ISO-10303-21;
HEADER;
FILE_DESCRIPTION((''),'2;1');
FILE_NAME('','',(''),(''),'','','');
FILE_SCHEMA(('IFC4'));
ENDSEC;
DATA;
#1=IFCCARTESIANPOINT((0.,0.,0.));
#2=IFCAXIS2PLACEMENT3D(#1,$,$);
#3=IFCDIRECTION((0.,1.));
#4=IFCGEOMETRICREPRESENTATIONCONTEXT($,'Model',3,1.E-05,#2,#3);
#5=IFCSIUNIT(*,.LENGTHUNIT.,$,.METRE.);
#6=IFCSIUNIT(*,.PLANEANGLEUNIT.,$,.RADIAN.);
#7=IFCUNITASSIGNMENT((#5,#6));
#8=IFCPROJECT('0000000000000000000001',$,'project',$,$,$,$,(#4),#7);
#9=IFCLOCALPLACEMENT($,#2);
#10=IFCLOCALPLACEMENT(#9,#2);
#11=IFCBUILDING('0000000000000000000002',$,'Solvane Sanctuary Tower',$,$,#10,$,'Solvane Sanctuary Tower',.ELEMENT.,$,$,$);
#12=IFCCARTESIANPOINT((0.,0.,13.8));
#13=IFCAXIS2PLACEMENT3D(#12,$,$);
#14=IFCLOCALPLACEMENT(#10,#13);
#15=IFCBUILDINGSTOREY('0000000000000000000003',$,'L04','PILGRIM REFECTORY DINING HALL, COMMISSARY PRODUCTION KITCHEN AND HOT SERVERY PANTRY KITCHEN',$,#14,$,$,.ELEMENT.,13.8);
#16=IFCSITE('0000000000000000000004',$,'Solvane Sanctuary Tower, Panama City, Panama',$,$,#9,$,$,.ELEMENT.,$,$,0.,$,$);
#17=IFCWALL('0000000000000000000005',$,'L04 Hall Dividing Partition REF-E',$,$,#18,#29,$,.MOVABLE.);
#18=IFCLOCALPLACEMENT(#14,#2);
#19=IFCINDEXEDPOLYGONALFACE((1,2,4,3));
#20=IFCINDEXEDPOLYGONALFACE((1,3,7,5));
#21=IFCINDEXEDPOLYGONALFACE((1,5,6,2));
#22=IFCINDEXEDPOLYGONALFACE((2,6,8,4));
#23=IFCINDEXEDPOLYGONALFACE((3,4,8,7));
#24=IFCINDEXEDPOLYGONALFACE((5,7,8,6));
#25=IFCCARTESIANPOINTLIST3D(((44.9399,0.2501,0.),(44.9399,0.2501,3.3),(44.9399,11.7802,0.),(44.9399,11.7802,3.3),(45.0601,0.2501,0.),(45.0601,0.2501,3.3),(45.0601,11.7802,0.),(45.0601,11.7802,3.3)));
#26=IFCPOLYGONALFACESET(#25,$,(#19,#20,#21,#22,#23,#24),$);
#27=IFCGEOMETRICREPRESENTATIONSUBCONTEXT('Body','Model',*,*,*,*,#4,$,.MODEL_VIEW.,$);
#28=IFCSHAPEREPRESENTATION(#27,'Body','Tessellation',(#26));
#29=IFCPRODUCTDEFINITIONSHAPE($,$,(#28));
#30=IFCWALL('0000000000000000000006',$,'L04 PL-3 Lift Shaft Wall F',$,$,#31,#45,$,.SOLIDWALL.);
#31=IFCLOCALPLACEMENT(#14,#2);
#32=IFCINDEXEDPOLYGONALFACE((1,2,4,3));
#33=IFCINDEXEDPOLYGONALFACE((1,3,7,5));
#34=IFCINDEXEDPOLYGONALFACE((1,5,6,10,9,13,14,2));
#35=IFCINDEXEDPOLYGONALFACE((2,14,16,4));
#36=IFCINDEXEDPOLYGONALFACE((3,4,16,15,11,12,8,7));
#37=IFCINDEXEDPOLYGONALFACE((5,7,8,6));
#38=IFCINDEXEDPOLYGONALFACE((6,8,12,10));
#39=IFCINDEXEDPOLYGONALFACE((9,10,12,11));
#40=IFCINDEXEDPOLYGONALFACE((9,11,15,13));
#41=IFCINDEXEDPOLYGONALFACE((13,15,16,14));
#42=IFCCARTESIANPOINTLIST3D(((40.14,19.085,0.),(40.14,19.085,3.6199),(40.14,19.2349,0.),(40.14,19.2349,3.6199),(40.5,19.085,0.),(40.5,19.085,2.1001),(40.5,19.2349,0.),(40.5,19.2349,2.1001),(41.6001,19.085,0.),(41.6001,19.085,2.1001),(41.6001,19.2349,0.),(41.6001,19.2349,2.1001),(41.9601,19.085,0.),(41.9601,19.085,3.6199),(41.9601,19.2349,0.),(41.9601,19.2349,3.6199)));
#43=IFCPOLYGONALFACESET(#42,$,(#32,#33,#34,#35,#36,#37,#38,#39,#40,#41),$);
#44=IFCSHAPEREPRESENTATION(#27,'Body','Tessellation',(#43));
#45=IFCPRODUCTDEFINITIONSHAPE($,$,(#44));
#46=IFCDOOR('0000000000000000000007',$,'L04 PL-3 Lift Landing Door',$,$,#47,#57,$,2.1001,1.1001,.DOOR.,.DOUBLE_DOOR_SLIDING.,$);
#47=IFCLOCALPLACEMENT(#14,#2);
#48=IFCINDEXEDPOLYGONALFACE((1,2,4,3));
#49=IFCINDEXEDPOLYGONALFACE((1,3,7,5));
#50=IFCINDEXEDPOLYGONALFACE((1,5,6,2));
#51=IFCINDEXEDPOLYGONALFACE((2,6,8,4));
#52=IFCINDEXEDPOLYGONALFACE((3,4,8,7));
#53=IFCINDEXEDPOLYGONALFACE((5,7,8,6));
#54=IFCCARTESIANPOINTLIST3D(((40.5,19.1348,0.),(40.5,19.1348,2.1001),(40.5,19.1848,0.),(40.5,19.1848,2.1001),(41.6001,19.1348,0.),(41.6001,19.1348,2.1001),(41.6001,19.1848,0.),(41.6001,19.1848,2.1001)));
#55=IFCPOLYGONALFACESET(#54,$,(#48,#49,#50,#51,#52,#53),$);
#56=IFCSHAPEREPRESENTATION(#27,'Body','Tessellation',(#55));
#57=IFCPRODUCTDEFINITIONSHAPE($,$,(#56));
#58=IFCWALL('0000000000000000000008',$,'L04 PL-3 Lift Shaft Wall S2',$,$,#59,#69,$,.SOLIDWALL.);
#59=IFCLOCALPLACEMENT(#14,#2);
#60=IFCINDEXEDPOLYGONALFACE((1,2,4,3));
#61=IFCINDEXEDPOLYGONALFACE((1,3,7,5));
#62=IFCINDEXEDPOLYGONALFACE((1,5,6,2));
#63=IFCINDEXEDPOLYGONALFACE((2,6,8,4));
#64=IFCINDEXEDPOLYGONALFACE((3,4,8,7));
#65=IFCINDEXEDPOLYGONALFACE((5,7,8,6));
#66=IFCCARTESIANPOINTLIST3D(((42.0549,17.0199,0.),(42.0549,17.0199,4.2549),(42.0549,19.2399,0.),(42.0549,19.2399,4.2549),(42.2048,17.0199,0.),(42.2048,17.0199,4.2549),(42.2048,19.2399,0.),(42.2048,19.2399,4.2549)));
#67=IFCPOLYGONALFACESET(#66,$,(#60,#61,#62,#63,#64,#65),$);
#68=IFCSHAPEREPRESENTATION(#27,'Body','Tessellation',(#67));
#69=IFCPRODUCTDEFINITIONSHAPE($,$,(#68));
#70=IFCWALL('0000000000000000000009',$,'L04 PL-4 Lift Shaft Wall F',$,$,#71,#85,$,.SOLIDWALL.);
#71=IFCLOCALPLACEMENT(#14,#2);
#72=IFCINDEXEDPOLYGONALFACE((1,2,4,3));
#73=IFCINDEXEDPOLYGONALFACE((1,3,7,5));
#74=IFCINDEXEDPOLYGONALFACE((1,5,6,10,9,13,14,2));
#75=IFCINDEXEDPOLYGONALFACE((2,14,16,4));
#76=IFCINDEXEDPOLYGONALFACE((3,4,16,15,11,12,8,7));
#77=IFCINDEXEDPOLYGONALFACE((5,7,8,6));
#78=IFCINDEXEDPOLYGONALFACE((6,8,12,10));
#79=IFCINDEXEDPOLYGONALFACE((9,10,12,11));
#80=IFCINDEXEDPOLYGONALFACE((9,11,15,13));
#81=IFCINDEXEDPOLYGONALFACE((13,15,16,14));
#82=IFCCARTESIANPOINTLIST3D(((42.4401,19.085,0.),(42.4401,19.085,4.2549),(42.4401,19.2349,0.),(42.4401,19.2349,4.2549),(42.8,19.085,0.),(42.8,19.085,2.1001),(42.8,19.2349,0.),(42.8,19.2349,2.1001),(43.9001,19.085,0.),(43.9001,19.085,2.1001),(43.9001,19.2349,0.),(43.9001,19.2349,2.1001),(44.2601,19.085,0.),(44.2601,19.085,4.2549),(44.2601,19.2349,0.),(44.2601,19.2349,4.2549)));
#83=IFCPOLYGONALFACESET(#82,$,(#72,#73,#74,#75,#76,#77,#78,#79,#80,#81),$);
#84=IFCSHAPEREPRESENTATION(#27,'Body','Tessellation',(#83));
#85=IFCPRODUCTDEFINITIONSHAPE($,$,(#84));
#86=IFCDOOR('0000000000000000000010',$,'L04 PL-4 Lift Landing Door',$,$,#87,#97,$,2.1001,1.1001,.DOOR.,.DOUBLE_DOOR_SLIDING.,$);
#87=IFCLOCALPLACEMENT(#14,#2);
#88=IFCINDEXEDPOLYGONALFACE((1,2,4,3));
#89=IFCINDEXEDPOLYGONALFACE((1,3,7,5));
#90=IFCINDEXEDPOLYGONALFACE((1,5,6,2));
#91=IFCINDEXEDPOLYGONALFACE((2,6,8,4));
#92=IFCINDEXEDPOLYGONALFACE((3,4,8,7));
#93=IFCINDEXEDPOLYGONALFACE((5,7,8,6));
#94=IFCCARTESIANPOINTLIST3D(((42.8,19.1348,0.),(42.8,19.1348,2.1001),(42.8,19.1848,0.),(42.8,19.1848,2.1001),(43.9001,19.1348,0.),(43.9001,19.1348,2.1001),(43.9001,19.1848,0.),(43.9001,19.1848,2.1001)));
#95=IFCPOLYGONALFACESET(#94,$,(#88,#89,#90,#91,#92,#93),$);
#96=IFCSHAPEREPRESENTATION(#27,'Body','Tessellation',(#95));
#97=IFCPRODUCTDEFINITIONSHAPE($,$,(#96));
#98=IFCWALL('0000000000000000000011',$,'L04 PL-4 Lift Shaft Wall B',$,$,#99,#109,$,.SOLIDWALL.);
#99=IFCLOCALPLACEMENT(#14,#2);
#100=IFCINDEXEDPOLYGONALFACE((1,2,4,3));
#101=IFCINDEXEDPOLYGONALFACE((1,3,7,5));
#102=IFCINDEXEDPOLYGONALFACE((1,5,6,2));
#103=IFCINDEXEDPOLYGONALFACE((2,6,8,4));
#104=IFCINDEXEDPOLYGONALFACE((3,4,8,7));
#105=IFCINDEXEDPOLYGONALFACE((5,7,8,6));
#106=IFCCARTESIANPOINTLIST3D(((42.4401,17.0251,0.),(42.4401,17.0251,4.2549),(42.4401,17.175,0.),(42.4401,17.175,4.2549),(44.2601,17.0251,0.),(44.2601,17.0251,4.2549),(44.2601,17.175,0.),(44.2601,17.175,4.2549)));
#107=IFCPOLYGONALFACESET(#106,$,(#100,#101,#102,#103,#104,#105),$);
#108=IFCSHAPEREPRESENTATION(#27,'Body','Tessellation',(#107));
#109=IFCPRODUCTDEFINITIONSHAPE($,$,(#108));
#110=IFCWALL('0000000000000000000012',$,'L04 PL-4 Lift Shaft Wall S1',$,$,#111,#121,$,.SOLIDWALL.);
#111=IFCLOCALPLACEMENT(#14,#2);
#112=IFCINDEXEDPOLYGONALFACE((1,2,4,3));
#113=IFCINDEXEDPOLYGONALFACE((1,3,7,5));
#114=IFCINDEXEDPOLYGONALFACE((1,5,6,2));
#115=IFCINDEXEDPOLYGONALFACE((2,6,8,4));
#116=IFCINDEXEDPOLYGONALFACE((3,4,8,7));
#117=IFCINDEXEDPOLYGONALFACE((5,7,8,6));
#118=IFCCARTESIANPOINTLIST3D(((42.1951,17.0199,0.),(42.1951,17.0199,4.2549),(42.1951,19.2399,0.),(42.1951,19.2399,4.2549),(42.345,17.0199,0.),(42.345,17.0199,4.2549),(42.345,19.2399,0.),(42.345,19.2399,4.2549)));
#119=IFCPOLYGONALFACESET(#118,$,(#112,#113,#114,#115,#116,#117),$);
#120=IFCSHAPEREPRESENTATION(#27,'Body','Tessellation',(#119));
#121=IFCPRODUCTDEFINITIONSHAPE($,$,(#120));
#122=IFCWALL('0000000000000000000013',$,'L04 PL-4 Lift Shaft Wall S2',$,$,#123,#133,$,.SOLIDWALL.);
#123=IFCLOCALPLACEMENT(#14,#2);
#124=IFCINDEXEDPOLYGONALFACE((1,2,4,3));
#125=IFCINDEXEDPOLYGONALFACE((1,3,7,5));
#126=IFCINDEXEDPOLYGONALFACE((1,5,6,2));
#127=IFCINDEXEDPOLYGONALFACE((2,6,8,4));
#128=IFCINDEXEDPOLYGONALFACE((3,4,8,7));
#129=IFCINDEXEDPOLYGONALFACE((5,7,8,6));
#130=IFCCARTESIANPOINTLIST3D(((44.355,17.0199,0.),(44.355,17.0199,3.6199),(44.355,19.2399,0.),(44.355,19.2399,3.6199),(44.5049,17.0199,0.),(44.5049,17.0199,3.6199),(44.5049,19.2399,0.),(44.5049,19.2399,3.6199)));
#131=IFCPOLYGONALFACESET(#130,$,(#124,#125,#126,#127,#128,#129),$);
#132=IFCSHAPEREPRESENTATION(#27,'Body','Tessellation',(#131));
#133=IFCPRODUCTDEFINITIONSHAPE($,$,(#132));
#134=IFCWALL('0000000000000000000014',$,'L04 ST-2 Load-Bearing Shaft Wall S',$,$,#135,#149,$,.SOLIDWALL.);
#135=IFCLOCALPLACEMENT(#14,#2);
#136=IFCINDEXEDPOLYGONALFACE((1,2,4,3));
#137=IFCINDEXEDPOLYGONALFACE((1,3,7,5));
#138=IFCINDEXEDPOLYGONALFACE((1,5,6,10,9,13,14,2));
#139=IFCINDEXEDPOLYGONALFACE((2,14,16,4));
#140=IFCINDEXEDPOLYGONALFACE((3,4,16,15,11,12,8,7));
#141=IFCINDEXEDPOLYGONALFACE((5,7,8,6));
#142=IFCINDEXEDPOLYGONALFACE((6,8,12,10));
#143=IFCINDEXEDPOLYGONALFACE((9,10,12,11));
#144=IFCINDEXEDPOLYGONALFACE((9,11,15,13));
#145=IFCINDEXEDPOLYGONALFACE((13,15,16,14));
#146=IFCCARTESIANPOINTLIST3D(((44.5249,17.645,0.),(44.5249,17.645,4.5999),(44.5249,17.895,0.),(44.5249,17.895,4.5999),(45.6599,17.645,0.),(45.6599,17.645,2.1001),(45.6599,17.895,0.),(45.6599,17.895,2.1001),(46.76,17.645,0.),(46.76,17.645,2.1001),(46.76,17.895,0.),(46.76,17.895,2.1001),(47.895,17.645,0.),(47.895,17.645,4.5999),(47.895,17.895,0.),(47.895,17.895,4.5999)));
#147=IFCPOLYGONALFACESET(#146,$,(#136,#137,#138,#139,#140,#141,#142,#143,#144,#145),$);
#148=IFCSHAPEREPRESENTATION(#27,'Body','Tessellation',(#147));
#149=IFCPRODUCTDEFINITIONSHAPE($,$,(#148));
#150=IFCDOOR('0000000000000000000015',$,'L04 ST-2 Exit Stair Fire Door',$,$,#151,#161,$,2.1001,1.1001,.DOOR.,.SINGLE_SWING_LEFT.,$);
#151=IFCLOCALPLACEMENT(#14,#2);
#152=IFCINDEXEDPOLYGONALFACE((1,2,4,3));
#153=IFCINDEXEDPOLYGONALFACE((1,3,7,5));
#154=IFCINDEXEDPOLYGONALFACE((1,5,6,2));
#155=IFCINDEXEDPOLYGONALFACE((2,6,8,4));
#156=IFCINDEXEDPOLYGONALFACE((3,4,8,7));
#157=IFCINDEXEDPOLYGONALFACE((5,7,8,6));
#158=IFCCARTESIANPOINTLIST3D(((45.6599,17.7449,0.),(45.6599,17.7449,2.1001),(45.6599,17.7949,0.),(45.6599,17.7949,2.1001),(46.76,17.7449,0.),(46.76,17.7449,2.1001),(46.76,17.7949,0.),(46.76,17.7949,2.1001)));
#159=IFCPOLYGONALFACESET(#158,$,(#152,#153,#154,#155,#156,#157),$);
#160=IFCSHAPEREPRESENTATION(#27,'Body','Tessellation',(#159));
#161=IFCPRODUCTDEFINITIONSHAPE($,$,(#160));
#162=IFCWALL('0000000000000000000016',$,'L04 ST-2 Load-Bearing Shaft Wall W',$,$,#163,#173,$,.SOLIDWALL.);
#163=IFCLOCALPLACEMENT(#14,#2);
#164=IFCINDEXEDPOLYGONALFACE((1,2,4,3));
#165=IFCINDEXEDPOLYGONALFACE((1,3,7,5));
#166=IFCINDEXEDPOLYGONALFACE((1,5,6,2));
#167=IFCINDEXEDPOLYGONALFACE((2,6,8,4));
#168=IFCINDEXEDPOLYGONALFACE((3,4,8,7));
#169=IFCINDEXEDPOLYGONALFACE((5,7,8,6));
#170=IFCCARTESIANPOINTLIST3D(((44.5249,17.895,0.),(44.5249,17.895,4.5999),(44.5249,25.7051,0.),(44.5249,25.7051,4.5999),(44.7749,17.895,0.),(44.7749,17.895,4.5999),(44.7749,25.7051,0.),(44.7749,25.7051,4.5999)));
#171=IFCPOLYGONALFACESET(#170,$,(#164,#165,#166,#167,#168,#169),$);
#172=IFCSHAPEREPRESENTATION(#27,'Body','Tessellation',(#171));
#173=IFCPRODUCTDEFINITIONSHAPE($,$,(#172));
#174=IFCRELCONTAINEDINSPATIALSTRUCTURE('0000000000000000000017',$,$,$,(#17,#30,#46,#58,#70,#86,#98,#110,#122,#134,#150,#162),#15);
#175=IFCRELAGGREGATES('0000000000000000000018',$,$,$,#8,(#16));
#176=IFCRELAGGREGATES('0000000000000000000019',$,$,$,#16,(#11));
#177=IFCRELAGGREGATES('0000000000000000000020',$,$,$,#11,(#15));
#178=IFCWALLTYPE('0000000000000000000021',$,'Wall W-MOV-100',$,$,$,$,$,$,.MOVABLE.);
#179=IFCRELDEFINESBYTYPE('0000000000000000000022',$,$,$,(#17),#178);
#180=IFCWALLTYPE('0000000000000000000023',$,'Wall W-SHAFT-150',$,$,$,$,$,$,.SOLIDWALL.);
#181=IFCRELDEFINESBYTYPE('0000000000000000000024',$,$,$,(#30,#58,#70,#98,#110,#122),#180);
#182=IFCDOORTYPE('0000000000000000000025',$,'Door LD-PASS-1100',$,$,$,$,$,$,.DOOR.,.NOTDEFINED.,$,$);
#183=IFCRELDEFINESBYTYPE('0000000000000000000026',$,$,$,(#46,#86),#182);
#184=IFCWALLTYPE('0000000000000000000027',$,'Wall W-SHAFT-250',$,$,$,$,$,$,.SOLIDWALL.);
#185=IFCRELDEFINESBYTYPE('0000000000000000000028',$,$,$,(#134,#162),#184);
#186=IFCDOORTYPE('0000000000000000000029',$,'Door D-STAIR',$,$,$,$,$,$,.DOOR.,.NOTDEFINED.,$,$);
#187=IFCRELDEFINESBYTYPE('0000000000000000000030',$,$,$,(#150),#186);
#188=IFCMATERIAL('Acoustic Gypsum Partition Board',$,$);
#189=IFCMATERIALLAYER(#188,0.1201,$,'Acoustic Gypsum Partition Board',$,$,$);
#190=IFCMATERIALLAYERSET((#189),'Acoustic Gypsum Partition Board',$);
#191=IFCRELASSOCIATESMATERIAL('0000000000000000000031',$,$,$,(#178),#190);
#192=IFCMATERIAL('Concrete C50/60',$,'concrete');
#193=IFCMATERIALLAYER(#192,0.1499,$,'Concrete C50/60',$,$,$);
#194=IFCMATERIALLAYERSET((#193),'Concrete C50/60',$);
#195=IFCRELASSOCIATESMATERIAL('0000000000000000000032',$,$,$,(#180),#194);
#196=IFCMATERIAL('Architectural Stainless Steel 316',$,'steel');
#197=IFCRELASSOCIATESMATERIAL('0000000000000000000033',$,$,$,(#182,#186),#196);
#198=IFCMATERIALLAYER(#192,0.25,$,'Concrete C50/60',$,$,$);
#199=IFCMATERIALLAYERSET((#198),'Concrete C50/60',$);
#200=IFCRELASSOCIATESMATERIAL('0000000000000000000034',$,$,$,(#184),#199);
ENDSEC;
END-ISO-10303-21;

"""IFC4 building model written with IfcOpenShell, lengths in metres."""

from ifc_helpers import new_model, si_unit, direction, frame, frame_2d, origin, place, context, subcontext, project, spatial, rectangle, extrude, material, layer, layer_set, type_object, element, fill, save


model = new_model("IFC4")

# Units and contexts
model_context = context("Model", 3, precision=1e-05, world=origin(), true_north=direction((0.0, 1.0)))
body_context = subcontext(model_context, "Body", "Model", "MODEL_VIEW")
ifc_project = project(units=[si_unit("LENGTHUNIT", "METRE"), si_unit("PLANEANGLEUNIT", "RADIAN")], contexts=[model_context])

# Site, building, storey
site_placement = place(None, origin())
site = spatial("IfcSite", under=ifc_project, at=site_placement, Name="Solvane Sanctuary Tower, Panama City, Panama", CompositionType="ELEMENT", RefElevation=0.0)
building_placement = place(site_placement, origin())
building = spatial("IfcBuilding", under=site, at=building_placement, Name="Solvane Sanctuary Tower", LongName="Solvane Sanctuary Tower", CompositionType="ELEMENT")
storey_placement = place(building_placement, frame((0.0, 0.0, 13.8)))
storey = spatial("IfcBuildingStorey", under=building, at=storey_placement, Name="L04", Description="PILGRIM REFECTORY DINING HALL, COMMISSARY PRODUCTION KITCHEN AND HOT SERVERY PANTRY KITCHEN", CompositionType="ELEMENT", Elevation=13.8)

# Shared definitions
ifc_material_1 = material(Name="Acoustic Gypsum Partition Board")
ifc_material_2 = material(Name="Architectural Stainless Steel 316", Category="steel")

# Wall
ifc_layer_1 = layer(ifc_material_1, 0.1201, Name="Acoustic Gypsum Partition Board")
ifc_layer_set_1 = layer_set([ifc_layer_1], Name="Acoustic Gypsum Partition Board")
wall_type_1 = type_object("IfcWallType", Name="Wall W-MOV-100", PredefinedType="MOVABLE", material=ifc_layer_set_1)
wall_1_placement = place(storey_placement, frame((45.0, 0.25, 0.0), z_axis=(0.0, 0.0, 1.0), x_axis=(0.0, 1.0, 0.0)))
element("IfcWall", 1, at=wall_1_placement, inside=storey, type_object=wall_type_1, Name="L04 Hall Dividing Partition REF-E", PredefinedType="MOVABLE", context=body_context, shape_type="SweptSolid", body=[
    extrude(rectangle(XDim=11.53, YDim=0.1201, at=frame_2d((5.7651, 0.0))), origin(), (0.0, 0.0, 1.0), 3.3),
])

# Wall, opening, door
ifc_material_3 = material(Name="Concrete C50/60", Category="concrete")
ifc_layer_2 = layer(ifc_material_3, 0.1499, Name="Concrete C50/60")
ifc_layer_set_2 = layer_set([ifc_layer_2], Name="Concrete C50/60")
wall_type_2 = type_object("IfcWallType", Name="Wall W-SHAFT-150", PredefinedType="SOLIDWALL", material=ifc_layer_set_2)
wall_2_placement = place(storey_placement, frame((40.1399, 19.1599, 0.0), z_axis=(0.0, 0.0, 1.0), x_axis=(1.0, 0.0, 0.0)))
wall_2 = element("IfcWall", 2, at=wall_2_placement, inside=storey, type_object=wall_type_2, Name="L04 PL-3 Lift Shaft Wall F", PredefinedType="SOLIDWALL", context=body_context, shape_type="SweptSolid", body=[
    extrude(rectangle(XDim=1.8201, YDim=0.1499, at=frame_2d((0.9102, 0.0))), origin(), (0.0, 0.0, 1.0), 3.6199),
])
opening_1_placement = place(wall_2_placement, frame((0.3601, 0.0, 0.0)))
opening_1 = element("IfcOpeningElement", 3, at=opening_1_placement, cuts=wall_2, PredefinedType="OPENING", context=body_context, shape_type="SweptSolid", body=[
    extrude(rectangle(XDim=1.1001, YDim=2.1001, at=frame_2d((0.55, 1.05))), frame((0.0, 0.085, 0.0), z_axis=(0.0, -1.0, 0.0), x_axis=(1.0, 0.0, 0.0)), (0.0, 0.0, 1.0), 0.1699),
])
door_type_1 = type_object("IfcDoorType", Name="Door LD-PASS-1100", OperationType="NOTDEFINED", PredefinedType="DOOR", material=ifc_material_2)
door_1_placement = place(opening_1_placement, origin())
door_1 = element("IfcDoor", 4, at=door_1_placement, inside=storey, type_object=door_type_1, Name="L04 PL-3 Lift Landing Door", OperationType="DOUBLE_DOOR_SLIDING", OverallHeight=2.1001, OverallWidth=1.1001, PredefinedType="DOOR", context=body_context, shape_type="SweptSolid", body=[
    extrude(rectangle(XDim=1.1001, YDim=2.1001, at=frame_2d((0.55, 1.05))), frame((0.0, 0.0249, 0.0), z_axis=(0.0, -1.0, 0.0), x_axis=(1.0, 0.0, 0.0)), (0.0, 0.0, 1.0), 0.05),
])
fill(opening_1, door_1)

# Wall
wall_3_placement = place(storey_placement, frame((42.1299, 17.02, 0.0), z_axis=(0.0, 0.0, 1.0), x_axis=(0.0, 1.0, 0.0)))
element("IfcWall", 5, at=wall_3_placement, inside=storey, type_object=wall_type_2, Name="L04 PL-3 Lift Shaft Wall S2", PredefinedType="SOLIDWALL", context=body_context, shape_type="SweptSolid", body=[
    extrude(rectangle(XDim=2.22, YDim=0.1499, at=frame_2d((1.1099, 0.0))), origin(), (0.0, 0.0, 1.0), 4.2549),
])

# Wall, opening, door
wall_4_placement = place(storey_placement, frame((42.4399, 19.1599, 0.0), z_axis=(0.0, 0.0, 1.0), x_axis=(1.0, 0.0, 0.0)))
wall_4 = element("IfcWall", 6, at=wall_4_placement, inside=storey, type_object=wall_type_2, Name="L04 PL-4 Lift Shaft Wall F", PredefinedType="SOLIDWALL", context=body_context, shape_type="SweptSolid", body=[
    extrude(rectangle(XDim=1.8201, YDim=0.1499, at=frame_2d((0.9102, 0.0))), origin(), (0.0, 0.0, 1.0), 4.2549),
])
opening_2_placement = place(wall_4_placement, frame((0.3601, 0.0, 0.0)))
opening_2 = element("IfcOpeningElement", 7, at=opening_2_placement, cuts=wall_4, PredefinedType="OPENING", context=body_context, shape_type="SweptSolid", body=[
    extrude(rectangle(XDim=1.1001, YDim=2.1001, at=frame_2d((0.55, 1.05))), frame((0.0, 0.085, 0.0), z_axis=(0.0, -1.0, 0.0), x_axis=(1.0, 0.0, 0.0)), (0.0, 0.0, 1.0), 0.1699),
])
door_2_placement = place(opening_2_placement, origin())
door_2 = element("IfcDoor", 8, at=door_2_placement, inside=storey, type_object=door_type_1, Name="L04 PL-4 Lift Landing Door", OperationType="DOUBLE_DOOR_SLIDING", OverallHeight=2.1001, OverallWidth=1.1001, PredefinedType="DOOR", context=body_context, shape_type="SweptSolid", body=[
    extrude(rectangle(XDim=1.1001, YDim=2.1001, at=frame_2d((0.55, 1.05))), frame((0.0, 0.0249, 0.0), z_axis=(0.0, -1.0, 0.0), x_axis=(1.0, 0.0, 0.0)), (0.0, 0.0, 1.0), 0.05),
])
fill(opening_2, door_2)

# Walls
wall_5_placement = place(storey_placement, frame((42.4399, 17.1001, 0.0), z_axis=(0.0, 0.0, 1.0), x_axis=(1.0, 0.0, 0.0)))
element("IfcWall", 9, at=wall_5_placement, inside=storey, type_object=wall_type_2, Name="L04 PL-4 Lift Shaft Wall B", PredefinedType="SOLIDWALL", context=body_context, shape_type="SweptSolid", body=[
    extrude(rectangle(XDim=1.8201, YDim=0.1499, at=frame_2d((0.9102, 0.0))), origin(), (0.0, 0.0, 1.0), 4.2549),
])
wall_6_placement = place(storey_placement, frame((42.27, 17.02, 0.0), z_axis=(0.0, 0.0, 1.0), x_axis=(0.0, 1.0, 0.0)))
element("IfcWall", 10, at=wall_6_placement, inside=storey, type_object=wall_type_2, Name="L04 PL-4 Lift Shaft Wall S1", PredefinedType="SOLIDWALL", context=body_context, shape_type="SweptSolid", body=[
    extrude(rectangle(XDim=2.22, YDim=0.1499, at=frame_2d((1.1099, 0.0))), origin(), (0.0, 0.0, 1.0), 4.2549),
])
wall_7_placement = place(storey_placement, frame((44.4299, 17.02, 0.0), z_axis=(0.0, 0.0, 1.0), x_axis=(0.0, 1.0, 0.0)))
element("IfcWall", 11, at=wall_7_placement, inside=storey, type_object=wall_type_2, Name="L04 PL-4 Lift Shaft Wall S2", PredefinedType="SOLIDWALL", context=body_context, shape_type="SweptSolid", body=[
    extrude(rectangle(XDim=2.22, YDim=0.1499, at=frame_2d((1.1099, 0.0))), origin(), (0.0, 0.0, 1.0), 3.6199),
])

# Wall, opening, door
ifc_layer_3 = layer(ifc_material_3, 0.25, Name="Concrete C50/60")
ifc_layer_set_3 = layer_set([ifc_layer_3], Name="Concrete C50/60")
wall_type_3 = type_object("IfcWallType", Name="Wall W-SHAFT-250", PredefinedType="SOLIDWALL", material=ifc_layer_set_3)
wall_8_placement = place(storey_placement, frame((44.5249, 17.77, 0.0), z_axis=(0.0, 0.0, 1.0), x_axis=(1.0, 0.0, 0.0)))
wall_8 = element("IfcWall", 12, at=wall_8_placement, inside=storey, type_object=wall_type_3, Name="L04 ST-2 Load-Bearing Shaft Wall S", PredefinedType="SOLIDWALL", context=body_context, shape_type="SweptSolid", body=[
    extrude(rectangle(XDim=3.3701, YDim=0.25, at=frame_2d((1.6851, 0.0))), origin(), (0.0, 0.0, 1.0), 4.5999),
])
opening_3_placement = place(wall_8_placement, frame((1.135, 0.0, 0.0)))
opening_3 = element("IfcOpeningElement", 13, at=opening_3_placement, cuts=wall_8, PredefinedType="OPENING", context=body_context, shape_type="SweptSolid", body=[
    extrude(rectangle(XDim=1.1001, YDim=2.1001, at=frame_2d((0.55, 1.05))), frame((0.0, 0.135, 0.0), z_axis=(0.0, -1.0, 0.0), x_axis=(1.0, 0.0, 0.0)), (0.0, 0.0, 1.0), 0.27),
])
door_type_2 = type_object("IfcDoorType", Name="Door D-STAIR", OperationType="NOTDEFINED", PredefinedType="DOOR", material=ifc_material_2)
door_3_placement = place(opening_3_placement, origin())
door_3 = element("IfcDoor", 14, at=door_3_placement, inside=storey, type_object=door_type_2, Name="L04 ST-2 Exit Stair Fire Door", OperationType="SINGLE_SWING_LEFT", OverallHeight=2.1001, OverallWidth=1.1001, PredefinedType="DOOR", context=body_context, shape_type="SweptSolid", body=[
    extrude(rectangle(XDim=1.1001, YDim=2.1001, at=frame_2d((0.55, 1.05))), frame((0.0, 0.0249, 0.0), z_axis=(0.0, -1.0, 0.0), x_axis=(1.0, 0.0, 0.0)), (0.0, 0.0, 1.0), 0.05),
])
fill(opening_3, door_3)

# Wall
for number, where, z_axis, x_axis, name in (
    (15, (44.6499, 17.895, 0.0), (0.0, 0.0, 1.0), (0.0, 1.0, 0.0), "L04 ST-2 Load-Bearing Shaft Wall W"),
):
    element("IfcWall", number, at=place(storey_placement, frame(where, z_axis=z_axis, x_axis=x_axis)), inside=storey, type_object=wall_type_3, Name=name, PredefinedType="SOLIDWALL", context=body_context, shape_type="SweptSolid", body=[
        extrude(rectangle(XDim=7.8101, YDim=0.25, at=frame_2d((3.905, 0.0))), origin(), (0.0, 0.0, 1.0), 4.5999),
    ])

save(model, "model.ifc")
